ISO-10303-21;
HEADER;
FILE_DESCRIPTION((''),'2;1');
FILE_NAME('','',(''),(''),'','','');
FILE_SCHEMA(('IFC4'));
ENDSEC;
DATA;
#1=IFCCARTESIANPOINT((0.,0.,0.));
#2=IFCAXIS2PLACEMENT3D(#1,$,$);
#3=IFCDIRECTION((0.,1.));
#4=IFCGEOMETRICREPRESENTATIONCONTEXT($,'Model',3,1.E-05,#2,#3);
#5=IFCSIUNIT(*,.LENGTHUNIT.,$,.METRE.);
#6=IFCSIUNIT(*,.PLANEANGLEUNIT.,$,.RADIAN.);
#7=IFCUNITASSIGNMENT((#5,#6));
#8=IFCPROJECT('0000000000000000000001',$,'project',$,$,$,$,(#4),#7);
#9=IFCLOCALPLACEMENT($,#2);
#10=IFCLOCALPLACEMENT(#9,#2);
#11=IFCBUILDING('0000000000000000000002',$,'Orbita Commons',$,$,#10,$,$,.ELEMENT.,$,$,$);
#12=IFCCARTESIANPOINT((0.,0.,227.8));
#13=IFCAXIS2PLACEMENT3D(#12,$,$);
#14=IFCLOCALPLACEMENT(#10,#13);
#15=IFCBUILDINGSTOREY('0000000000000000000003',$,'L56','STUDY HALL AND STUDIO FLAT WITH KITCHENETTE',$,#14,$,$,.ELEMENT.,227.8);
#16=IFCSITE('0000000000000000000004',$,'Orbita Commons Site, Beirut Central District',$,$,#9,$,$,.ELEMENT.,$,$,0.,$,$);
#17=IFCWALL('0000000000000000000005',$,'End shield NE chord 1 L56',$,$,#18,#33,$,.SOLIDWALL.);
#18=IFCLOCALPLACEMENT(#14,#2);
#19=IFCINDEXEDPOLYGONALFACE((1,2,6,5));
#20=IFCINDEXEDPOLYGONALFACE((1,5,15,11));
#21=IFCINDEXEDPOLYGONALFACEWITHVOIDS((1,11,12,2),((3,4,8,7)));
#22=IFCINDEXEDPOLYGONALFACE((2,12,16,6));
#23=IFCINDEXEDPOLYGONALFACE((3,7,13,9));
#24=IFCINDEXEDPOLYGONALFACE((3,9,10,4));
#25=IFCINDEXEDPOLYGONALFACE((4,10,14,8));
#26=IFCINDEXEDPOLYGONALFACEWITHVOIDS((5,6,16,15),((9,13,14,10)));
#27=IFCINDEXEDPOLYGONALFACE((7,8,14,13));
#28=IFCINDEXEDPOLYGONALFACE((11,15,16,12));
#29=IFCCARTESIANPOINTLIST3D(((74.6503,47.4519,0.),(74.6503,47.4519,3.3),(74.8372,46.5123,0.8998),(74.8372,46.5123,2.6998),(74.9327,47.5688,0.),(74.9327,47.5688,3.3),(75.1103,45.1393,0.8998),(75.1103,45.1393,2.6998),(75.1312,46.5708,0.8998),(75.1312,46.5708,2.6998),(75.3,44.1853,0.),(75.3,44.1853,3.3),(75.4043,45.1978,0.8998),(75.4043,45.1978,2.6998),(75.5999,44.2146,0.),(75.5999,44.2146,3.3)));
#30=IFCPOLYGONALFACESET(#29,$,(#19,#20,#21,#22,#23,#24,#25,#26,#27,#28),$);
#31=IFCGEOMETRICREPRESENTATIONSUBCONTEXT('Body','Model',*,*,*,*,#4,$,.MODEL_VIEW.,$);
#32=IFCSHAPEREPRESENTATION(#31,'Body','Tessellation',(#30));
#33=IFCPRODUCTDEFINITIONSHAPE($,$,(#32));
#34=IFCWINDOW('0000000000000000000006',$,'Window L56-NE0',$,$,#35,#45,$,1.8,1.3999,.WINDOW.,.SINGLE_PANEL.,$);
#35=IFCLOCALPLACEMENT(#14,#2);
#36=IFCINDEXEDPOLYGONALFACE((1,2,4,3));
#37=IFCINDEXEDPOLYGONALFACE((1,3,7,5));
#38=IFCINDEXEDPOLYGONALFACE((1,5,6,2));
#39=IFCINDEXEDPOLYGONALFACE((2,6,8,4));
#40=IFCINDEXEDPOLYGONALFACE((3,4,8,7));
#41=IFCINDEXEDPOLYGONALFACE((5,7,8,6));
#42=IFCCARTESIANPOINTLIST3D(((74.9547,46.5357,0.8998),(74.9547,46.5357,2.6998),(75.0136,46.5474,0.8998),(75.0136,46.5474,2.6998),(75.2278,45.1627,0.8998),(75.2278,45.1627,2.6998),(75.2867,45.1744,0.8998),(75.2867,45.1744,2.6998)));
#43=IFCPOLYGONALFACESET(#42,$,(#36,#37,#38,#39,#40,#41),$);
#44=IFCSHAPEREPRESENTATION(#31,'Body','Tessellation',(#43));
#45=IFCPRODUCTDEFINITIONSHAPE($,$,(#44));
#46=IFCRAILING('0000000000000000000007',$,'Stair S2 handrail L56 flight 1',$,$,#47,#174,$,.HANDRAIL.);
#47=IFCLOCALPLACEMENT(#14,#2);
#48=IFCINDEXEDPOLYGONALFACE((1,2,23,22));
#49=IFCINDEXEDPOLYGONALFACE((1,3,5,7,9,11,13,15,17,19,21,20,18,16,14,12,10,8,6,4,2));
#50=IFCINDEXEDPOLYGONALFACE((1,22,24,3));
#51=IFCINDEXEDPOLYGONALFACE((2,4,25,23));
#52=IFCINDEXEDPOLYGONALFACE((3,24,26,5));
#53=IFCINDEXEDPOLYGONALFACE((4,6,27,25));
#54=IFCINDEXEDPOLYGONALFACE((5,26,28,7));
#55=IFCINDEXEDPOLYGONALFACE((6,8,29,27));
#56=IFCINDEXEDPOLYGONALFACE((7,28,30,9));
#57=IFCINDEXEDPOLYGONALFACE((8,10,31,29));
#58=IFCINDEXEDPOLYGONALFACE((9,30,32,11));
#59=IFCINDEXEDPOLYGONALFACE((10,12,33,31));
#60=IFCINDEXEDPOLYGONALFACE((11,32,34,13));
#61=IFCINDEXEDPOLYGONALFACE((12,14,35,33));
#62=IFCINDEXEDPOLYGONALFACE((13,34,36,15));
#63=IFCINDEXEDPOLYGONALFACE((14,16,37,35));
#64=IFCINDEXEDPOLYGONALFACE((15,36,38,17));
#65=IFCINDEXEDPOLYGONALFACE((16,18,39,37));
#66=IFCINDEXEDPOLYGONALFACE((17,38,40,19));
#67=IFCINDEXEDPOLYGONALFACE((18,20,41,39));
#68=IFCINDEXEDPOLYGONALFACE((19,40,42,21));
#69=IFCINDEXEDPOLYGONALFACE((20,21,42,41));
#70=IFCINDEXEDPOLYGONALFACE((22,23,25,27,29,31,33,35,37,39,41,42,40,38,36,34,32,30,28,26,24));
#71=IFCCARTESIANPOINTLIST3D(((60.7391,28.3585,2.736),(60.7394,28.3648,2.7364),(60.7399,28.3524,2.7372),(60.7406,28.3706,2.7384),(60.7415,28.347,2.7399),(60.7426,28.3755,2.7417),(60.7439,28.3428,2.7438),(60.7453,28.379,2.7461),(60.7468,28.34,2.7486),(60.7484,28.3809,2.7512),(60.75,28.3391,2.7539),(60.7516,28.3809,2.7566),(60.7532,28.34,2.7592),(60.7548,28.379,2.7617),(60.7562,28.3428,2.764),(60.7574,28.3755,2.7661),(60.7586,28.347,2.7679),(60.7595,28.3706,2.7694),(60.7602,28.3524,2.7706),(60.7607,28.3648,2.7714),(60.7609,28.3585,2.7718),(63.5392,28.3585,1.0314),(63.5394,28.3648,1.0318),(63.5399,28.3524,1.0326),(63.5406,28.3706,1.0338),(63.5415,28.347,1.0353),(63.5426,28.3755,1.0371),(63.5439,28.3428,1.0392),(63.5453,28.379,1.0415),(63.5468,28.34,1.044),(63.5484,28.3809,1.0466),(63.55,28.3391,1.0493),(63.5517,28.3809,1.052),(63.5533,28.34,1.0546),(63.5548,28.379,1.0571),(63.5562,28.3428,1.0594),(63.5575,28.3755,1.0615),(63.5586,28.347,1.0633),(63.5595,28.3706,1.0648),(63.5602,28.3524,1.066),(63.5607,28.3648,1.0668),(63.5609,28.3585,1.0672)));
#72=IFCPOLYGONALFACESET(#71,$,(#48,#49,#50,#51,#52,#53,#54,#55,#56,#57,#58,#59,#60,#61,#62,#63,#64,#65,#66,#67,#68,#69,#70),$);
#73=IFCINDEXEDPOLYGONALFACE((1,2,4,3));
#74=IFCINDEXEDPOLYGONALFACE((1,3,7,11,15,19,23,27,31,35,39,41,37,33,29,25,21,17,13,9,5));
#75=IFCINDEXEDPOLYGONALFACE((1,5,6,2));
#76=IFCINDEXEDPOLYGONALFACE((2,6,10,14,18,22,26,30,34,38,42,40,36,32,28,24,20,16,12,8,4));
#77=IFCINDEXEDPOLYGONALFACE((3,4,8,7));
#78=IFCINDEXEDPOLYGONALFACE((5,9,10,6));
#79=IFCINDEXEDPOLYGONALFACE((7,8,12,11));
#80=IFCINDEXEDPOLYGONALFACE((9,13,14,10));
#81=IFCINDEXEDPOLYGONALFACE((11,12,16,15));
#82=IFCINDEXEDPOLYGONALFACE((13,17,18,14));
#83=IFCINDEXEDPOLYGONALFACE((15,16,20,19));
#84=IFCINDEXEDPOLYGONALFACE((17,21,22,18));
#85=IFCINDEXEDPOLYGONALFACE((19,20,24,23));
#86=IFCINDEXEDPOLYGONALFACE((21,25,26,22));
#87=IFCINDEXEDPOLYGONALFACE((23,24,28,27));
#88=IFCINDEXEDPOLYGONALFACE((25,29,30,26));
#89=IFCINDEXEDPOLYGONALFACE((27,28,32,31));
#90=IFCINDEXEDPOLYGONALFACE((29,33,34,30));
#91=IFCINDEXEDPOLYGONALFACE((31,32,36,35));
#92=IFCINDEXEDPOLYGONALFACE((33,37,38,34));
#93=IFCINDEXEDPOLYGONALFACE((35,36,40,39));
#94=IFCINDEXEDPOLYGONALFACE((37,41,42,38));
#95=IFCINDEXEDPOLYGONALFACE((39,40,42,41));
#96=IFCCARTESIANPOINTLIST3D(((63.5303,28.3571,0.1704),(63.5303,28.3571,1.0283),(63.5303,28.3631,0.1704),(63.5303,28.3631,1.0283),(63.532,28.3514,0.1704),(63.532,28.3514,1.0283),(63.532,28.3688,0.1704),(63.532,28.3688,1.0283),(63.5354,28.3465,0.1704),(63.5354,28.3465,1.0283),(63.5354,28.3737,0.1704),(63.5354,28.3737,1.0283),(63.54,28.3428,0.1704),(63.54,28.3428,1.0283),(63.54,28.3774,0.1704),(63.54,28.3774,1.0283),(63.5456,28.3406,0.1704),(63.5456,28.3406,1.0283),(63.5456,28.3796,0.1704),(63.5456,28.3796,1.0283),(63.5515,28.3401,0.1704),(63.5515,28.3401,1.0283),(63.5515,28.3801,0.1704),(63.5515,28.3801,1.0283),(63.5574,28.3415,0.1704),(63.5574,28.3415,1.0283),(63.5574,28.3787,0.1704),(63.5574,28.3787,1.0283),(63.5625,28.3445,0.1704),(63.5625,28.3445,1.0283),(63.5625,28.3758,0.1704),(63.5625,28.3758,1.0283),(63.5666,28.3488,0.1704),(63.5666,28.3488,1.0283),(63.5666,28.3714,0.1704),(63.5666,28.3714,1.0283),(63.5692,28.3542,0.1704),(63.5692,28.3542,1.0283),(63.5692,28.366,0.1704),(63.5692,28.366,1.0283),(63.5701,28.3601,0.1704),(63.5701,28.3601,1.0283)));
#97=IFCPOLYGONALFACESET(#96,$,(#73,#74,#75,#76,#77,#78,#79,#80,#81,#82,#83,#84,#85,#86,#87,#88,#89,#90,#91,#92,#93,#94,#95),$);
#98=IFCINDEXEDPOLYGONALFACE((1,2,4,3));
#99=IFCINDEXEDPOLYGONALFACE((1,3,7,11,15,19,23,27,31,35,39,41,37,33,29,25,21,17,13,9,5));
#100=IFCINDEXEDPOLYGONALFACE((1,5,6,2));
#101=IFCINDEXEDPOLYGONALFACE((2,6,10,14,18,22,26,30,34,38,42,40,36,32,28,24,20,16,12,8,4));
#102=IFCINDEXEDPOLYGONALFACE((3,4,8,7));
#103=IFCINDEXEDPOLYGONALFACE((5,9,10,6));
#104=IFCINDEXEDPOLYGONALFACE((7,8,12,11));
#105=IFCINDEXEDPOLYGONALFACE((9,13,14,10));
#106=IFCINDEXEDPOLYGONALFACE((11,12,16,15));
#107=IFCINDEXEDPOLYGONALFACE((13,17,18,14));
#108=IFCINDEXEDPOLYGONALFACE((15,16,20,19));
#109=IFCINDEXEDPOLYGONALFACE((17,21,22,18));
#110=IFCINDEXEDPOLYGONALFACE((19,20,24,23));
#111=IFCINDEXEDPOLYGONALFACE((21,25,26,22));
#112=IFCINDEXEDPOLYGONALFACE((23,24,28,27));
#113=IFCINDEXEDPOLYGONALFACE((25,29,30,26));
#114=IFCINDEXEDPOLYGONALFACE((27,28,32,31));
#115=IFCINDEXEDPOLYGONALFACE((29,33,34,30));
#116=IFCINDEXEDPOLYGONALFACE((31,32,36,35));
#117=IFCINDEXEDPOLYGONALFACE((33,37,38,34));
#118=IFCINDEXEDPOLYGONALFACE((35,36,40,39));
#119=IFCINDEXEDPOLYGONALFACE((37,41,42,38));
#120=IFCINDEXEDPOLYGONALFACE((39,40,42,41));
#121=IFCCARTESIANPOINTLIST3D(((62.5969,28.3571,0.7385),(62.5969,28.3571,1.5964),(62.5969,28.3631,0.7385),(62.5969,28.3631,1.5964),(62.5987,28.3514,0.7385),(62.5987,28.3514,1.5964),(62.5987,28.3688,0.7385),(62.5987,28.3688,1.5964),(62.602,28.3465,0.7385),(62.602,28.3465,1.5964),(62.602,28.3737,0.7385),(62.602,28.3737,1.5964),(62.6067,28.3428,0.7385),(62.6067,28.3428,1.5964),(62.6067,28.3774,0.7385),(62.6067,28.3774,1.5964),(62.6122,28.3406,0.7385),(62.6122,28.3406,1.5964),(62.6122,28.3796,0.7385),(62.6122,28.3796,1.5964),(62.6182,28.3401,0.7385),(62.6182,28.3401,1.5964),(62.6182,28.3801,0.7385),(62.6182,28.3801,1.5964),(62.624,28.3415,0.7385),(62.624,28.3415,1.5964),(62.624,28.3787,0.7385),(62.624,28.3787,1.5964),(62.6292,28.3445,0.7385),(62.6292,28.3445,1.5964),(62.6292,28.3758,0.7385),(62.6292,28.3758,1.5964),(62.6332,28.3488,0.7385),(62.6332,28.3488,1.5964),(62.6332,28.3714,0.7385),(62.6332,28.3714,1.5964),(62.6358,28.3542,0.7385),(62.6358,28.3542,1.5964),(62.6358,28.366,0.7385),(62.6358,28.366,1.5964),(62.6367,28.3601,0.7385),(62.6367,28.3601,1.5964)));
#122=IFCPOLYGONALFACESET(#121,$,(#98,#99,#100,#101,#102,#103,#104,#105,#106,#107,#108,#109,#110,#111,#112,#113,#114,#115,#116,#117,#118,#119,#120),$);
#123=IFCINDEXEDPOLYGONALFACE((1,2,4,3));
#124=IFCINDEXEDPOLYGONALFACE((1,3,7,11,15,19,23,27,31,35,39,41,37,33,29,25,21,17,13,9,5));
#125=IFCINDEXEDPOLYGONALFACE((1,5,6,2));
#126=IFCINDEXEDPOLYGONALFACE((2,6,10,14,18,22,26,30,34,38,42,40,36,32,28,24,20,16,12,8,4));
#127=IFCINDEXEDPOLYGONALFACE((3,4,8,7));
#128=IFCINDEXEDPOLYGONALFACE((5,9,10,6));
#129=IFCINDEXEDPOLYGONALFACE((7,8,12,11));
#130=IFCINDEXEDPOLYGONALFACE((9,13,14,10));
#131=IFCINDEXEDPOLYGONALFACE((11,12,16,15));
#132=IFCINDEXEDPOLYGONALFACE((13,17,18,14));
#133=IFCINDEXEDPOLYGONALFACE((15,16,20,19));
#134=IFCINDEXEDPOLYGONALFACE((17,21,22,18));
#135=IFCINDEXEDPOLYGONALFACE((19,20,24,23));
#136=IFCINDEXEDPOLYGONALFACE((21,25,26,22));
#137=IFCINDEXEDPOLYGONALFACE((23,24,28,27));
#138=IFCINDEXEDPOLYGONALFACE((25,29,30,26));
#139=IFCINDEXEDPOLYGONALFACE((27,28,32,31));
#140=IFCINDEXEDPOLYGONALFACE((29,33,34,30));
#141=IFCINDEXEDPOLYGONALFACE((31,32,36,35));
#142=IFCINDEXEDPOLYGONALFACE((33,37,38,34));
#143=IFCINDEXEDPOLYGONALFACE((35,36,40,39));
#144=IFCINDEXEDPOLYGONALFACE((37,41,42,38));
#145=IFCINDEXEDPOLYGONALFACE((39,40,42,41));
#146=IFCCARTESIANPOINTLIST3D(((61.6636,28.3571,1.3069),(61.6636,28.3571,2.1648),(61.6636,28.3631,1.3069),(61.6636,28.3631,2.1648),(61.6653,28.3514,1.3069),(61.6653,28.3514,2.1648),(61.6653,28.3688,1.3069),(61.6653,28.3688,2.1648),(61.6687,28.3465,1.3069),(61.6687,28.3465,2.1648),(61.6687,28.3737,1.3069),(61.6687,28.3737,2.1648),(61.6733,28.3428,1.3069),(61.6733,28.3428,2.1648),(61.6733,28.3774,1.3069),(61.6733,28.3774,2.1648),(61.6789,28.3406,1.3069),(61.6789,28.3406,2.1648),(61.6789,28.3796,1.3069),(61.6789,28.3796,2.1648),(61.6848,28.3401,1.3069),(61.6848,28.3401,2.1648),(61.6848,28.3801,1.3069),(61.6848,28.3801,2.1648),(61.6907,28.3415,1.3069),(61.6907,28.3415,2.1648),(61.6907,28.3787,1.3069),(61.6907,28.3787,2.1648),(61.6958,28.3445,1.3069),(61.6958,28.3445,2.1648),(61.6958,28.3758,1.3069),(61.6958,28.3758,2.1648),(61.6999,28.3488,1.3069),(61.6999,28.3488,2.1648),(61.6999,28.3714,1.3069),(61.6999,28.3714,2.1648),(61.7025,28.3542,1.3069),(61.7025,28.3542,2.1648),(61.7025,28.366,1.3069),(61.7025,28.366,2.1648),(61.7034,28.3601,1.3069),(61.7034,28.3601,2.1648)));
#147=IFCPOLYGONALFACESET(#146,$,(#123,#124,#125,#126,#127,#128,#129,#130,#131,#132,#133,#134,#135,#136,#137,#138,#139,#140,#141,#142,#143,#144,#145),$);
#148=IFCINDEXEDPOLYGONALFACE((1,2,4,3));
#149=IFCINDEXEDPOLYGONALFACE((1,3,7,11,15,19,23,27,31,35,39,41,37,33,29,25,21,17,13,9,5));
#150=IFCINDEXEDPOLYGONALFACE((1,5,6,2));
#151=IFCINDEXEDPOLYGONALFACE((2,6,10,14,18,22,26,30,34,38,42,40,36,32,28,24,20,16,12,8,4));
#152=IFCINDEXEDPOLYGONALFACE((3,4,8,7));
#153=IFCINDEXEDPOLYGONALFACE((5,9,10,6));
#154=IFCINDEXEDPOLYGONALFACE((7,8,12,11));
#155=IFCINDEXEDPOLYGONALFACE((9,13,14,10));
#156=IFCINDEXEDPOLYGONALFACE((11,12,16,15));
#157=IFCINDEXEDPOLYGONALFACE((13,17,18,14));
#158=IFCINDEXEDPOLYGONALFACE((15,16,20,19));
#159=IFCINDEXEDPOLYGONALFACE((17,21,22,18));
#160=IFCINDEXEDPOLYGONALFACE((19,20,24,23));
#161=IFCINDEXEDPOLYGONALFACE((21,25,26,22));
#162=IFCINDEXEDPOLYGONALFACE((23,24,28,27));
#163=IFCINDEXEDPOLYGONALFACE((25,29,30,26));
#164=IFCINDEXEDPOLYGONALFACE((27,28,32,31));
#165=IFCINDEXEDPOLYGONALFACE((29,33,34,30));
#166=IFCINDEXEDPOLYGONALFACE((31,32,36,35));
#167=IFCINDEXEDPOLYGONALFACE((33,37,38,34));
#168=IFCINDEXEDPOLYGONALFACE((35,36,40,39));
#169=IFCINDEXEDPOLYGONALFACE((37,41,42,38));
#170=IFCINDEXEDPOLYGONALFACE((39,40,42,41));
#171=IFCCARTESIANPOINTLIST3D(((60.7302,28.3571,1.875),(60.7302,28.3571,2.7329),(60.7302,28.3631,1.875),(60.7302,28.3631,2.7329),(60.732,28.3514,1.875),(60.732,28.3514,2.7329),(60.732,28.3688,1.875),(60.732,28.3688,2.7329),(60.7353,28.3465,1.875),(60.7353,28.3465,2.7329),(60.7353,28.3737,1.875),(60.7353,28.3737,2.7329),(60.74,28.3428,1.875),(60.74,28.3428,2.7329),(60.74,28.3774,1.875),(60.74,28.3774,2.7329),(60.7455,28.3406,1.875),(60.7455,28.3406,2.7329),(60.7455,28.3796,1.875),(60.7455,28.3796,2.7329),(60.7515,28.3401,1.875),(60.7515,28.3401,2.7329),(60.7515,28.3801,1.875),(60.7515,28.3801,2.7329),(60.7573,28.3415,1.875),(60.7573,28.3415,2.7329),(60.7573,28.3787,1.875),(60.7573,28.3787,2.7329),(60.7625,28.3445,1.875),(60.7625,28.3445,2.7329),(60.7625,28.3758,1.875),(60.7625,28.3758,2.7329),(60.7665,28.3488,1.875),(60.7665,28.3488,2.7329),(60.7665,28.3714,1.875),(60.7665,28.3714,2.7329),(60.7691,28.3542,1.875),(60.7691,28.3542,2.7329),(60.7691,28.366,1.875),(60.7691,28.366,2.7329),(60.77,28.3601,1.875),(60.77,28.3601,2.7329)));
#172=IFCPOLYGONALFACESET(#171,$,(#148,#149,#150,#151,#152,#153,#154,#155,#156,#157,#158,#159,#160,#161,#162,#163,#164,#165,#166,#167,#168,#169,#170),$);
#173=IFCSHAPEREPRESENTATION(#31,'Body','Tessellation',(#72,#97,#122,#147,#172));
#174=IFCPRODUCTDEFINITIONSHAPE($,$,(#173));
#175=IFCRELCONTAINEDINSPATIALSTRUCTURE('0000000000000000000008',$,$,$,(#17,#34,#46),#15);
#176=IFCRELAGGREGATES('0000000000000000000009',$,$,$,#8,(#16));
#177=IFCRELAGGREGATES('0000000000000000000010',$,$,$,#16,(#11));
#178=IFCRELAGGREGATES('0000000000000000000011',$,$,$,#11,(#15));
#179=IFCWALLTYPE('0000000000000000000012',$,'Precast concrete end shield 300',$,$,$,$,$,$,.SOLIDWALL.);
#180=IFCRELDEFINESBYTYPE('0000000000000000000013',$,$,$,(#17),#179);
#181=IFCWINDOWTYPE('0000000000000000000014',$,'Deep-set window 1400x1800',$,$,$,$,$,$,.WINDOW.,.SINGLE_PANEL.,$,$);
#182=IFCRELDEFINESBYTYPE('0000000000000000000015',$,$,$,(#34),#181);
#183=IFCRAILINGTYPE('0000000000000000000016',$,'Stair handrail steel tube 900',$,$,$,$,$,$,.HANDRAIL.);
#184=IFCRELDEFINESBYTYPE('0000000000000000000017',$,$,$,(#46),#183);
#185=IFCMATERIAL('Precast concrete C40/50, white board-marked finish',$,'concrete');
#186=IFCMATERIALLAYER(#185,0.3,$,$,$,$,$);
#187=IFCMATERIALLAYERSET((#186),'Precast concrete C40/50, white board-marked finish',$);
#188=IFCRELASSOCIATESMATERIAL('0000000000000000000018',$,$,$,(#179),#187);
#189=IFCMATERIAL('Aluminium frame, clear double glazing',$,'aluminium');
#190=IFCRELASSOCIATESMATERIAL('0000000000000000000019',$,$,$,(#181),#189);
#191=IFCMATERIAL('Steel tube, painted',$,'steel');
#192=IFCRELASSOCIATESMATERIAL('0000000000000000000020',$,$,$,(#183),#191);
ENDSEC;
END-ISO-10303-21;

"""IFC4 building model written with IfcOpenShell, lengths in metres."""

from ifc_helpers import new_model, si_unit, direction, frame, frame_2d, origin, origin_2d, place, context, subcontext, project, spatial, polyline, rectangle, circle, outline, extrude, material, layer, layer_set, type_object, element, fill, save


model = new_model("IFC4")

# Units and contexts
model_context = context("Model", 3, precision=1e-05, world=origin(), true_north=direction((0.0, 1.0)))
body_context = subcontext(model_context, "Body", "Model", "MODEL_VIEW")
ifc_project = project(units=[si_unit("LENGTHUNIT", "METRE"), si_unit("PLANEANGLEUNIT", "RADIAN")], contexts=[model_context])

# Site, building, storey
site_placement = place(None, origin())
site = spatial("IfcSite", under=ifc_project, at=site_placement, Name="Orbita Commons Site, Beirut Central District", CompositionType="ELEMENT", RefElevation=0.0)
building_placement = place(site_placement, origin())
building = spatial("IfcBuilding", under=site, at=building_placement, Name="Orbita Commons", CompositionType="ELEMENT")
storey_placement = place(building_placement, frame((0.0, 0.0, 227.8)))
storey = spatial("IfcBuildingStorey", under=building, at=storey_placement, Name="L56", Description="STUDY HALL AND STUDIO FLAT WITH KITCHENETTE", CompositionType="ELEMENT", Elevation=227.8)

# Wall, opening, window
ifc_material_1 = material(Name="Precast concrete C40/50, white board-marked finish", Category="concrete")
ifc_layer_1 = layer(ifc_material_1, 0.3)
ifc_layer_set_1 = layer_set([ifc_layer_1], Name="Precast concrete C40/50, white board-marked finish")
wall_type_1 = type_object("IfcWallType", Name="Precast concrete end shield 300", PredefinedType="SOLIDWALL", material=ifc_layer_set_1)
wall_1_placement = place(storey_placement, frame((75.45, 44.2, 0.0), z_axis=(0.0, 0.0, 1.0), x_axis=(-0.195087, 0.980786, 0.0)))
wall_1 = element("IfcWall", 1, at=wall_1_placement, inside=storey, type_object=wall_type_1, Name="End shield NE chord 1 L56", PredefinedType="SOLIDWALL", context=body_context, shape_type="SweptSolid", body=[
    extrude(outline(polyline([(-0.0149, -0.1499), (3.405, -0.1499), (3.3455, 0.1499), (0.0149, 0.1499), (-0.0149, -0.1499)])), origin(), (0.0, 0.0, 1.0), 3.3),
])
opening_1_placement = place(wall_1_placement, frame((0.9875, 0.0, 0.8999)))
opening_1 = element("IfcOpeningElement", 2, at=opening_1_placement, cuts=wall_1, PredefinedType="OPENING", context=body_context, shape_type="SweptSolid", body=[
    extrude(rectangle(XDim=1.3999, YDim=1.8, at=frame_2d((0.7, 0.8999))), frame((0.0, 0.1599, 0.0), z_axis=(0.0, -1.0, 0.0), x_axis=(1.0, 0.0, 0.0)), (0.0, 0.0, 1.0), 0.3201),
])
ifc_material_2 = material(Name="Aluminium frame, clear double glazing", Category="aluminium")
window_type = type_object("IfcWindowType", Name="Deep-set window 1400x1800", PartitioningType="SINGLE_PANEL", PredefinedType="WINDOW", material=ifc_material_2)
window_placement = place(opening_1_placement, origin())
window = element("IfcWindow", 3, at=window_placement, inside=storey, type_object=window_type, Name="Window L56-NE0", OverallHeight=1.8, OverallWidth=1.3999, PartitioningType="SINGLE_PANEL", PredefinedType="WINDOW", context=body_context, shape_type="SweptSolid", body=[
    extrude(rectangle(XDim=1.3999, YDim=1.8, at=frame_2d((0.7, 0.8999))), frame((0.0, 0.03, 0.0), z_axis=(0.0, -1.0, 0.0), x_axis=(1.0, 0.0, 0.0)), (0.0, 0.0, 1.0), 0.0601),
])
fill(opening_1, window)

# Railing
ifc_material_3 = material(Name="Steel tube, painted", Category="steel")
railing_type = type_object("IfcRailingType", Name="Stair handrail steel tube 900", PredefinedType="HANDRAIL", material=ifc_material_3)
for number, where, name in (
    (4, (63.55, 28.3601, 0.1704), "Stair S2 handrail L56 flight 1"),
):
    element("IfcRailing", number, at=place(storey_placement, frame(where)), inside=storey, type_object=railing_type, Name=name, PredefinedType="HANDRAIL", context=body_context, shape_type="SweptSolid", body=[
        extrude(circle(Radius=0.021, at=origin_2d()), frame((0.0, 0.0, 0.8789), z_axis=(-0.85417, 0.0, 0.519994), x_axis=(0.0, -1.0, 0.0)), (0.0, 0.0, 1.0), 3.2781),
        extrude(circle(Radius=0.02, at=origin_2d()), origin(), (0.0, 0.0, 1.0), 0.8579),
        extrude(circle(Radius=0.02, at=origin_2d()), frame((-0.9333, 0.0, 0.5681)), (0.0, 0.0, 1.0), 0.8579),
        extrude(circle(Radius=0.02, at=origin_2d()), frame((-1.8667, 0.0, 1.1365)), (0.0, 0.0, 1.0), 0.8579),
        extrude(circle(Radius=0.02, at=origin_2d()), frame((-2.8, 0.0, 1.7046)), (0.0, 0.0, 1.0), 0.8579),
    ])

save(model, "model.ifc")
